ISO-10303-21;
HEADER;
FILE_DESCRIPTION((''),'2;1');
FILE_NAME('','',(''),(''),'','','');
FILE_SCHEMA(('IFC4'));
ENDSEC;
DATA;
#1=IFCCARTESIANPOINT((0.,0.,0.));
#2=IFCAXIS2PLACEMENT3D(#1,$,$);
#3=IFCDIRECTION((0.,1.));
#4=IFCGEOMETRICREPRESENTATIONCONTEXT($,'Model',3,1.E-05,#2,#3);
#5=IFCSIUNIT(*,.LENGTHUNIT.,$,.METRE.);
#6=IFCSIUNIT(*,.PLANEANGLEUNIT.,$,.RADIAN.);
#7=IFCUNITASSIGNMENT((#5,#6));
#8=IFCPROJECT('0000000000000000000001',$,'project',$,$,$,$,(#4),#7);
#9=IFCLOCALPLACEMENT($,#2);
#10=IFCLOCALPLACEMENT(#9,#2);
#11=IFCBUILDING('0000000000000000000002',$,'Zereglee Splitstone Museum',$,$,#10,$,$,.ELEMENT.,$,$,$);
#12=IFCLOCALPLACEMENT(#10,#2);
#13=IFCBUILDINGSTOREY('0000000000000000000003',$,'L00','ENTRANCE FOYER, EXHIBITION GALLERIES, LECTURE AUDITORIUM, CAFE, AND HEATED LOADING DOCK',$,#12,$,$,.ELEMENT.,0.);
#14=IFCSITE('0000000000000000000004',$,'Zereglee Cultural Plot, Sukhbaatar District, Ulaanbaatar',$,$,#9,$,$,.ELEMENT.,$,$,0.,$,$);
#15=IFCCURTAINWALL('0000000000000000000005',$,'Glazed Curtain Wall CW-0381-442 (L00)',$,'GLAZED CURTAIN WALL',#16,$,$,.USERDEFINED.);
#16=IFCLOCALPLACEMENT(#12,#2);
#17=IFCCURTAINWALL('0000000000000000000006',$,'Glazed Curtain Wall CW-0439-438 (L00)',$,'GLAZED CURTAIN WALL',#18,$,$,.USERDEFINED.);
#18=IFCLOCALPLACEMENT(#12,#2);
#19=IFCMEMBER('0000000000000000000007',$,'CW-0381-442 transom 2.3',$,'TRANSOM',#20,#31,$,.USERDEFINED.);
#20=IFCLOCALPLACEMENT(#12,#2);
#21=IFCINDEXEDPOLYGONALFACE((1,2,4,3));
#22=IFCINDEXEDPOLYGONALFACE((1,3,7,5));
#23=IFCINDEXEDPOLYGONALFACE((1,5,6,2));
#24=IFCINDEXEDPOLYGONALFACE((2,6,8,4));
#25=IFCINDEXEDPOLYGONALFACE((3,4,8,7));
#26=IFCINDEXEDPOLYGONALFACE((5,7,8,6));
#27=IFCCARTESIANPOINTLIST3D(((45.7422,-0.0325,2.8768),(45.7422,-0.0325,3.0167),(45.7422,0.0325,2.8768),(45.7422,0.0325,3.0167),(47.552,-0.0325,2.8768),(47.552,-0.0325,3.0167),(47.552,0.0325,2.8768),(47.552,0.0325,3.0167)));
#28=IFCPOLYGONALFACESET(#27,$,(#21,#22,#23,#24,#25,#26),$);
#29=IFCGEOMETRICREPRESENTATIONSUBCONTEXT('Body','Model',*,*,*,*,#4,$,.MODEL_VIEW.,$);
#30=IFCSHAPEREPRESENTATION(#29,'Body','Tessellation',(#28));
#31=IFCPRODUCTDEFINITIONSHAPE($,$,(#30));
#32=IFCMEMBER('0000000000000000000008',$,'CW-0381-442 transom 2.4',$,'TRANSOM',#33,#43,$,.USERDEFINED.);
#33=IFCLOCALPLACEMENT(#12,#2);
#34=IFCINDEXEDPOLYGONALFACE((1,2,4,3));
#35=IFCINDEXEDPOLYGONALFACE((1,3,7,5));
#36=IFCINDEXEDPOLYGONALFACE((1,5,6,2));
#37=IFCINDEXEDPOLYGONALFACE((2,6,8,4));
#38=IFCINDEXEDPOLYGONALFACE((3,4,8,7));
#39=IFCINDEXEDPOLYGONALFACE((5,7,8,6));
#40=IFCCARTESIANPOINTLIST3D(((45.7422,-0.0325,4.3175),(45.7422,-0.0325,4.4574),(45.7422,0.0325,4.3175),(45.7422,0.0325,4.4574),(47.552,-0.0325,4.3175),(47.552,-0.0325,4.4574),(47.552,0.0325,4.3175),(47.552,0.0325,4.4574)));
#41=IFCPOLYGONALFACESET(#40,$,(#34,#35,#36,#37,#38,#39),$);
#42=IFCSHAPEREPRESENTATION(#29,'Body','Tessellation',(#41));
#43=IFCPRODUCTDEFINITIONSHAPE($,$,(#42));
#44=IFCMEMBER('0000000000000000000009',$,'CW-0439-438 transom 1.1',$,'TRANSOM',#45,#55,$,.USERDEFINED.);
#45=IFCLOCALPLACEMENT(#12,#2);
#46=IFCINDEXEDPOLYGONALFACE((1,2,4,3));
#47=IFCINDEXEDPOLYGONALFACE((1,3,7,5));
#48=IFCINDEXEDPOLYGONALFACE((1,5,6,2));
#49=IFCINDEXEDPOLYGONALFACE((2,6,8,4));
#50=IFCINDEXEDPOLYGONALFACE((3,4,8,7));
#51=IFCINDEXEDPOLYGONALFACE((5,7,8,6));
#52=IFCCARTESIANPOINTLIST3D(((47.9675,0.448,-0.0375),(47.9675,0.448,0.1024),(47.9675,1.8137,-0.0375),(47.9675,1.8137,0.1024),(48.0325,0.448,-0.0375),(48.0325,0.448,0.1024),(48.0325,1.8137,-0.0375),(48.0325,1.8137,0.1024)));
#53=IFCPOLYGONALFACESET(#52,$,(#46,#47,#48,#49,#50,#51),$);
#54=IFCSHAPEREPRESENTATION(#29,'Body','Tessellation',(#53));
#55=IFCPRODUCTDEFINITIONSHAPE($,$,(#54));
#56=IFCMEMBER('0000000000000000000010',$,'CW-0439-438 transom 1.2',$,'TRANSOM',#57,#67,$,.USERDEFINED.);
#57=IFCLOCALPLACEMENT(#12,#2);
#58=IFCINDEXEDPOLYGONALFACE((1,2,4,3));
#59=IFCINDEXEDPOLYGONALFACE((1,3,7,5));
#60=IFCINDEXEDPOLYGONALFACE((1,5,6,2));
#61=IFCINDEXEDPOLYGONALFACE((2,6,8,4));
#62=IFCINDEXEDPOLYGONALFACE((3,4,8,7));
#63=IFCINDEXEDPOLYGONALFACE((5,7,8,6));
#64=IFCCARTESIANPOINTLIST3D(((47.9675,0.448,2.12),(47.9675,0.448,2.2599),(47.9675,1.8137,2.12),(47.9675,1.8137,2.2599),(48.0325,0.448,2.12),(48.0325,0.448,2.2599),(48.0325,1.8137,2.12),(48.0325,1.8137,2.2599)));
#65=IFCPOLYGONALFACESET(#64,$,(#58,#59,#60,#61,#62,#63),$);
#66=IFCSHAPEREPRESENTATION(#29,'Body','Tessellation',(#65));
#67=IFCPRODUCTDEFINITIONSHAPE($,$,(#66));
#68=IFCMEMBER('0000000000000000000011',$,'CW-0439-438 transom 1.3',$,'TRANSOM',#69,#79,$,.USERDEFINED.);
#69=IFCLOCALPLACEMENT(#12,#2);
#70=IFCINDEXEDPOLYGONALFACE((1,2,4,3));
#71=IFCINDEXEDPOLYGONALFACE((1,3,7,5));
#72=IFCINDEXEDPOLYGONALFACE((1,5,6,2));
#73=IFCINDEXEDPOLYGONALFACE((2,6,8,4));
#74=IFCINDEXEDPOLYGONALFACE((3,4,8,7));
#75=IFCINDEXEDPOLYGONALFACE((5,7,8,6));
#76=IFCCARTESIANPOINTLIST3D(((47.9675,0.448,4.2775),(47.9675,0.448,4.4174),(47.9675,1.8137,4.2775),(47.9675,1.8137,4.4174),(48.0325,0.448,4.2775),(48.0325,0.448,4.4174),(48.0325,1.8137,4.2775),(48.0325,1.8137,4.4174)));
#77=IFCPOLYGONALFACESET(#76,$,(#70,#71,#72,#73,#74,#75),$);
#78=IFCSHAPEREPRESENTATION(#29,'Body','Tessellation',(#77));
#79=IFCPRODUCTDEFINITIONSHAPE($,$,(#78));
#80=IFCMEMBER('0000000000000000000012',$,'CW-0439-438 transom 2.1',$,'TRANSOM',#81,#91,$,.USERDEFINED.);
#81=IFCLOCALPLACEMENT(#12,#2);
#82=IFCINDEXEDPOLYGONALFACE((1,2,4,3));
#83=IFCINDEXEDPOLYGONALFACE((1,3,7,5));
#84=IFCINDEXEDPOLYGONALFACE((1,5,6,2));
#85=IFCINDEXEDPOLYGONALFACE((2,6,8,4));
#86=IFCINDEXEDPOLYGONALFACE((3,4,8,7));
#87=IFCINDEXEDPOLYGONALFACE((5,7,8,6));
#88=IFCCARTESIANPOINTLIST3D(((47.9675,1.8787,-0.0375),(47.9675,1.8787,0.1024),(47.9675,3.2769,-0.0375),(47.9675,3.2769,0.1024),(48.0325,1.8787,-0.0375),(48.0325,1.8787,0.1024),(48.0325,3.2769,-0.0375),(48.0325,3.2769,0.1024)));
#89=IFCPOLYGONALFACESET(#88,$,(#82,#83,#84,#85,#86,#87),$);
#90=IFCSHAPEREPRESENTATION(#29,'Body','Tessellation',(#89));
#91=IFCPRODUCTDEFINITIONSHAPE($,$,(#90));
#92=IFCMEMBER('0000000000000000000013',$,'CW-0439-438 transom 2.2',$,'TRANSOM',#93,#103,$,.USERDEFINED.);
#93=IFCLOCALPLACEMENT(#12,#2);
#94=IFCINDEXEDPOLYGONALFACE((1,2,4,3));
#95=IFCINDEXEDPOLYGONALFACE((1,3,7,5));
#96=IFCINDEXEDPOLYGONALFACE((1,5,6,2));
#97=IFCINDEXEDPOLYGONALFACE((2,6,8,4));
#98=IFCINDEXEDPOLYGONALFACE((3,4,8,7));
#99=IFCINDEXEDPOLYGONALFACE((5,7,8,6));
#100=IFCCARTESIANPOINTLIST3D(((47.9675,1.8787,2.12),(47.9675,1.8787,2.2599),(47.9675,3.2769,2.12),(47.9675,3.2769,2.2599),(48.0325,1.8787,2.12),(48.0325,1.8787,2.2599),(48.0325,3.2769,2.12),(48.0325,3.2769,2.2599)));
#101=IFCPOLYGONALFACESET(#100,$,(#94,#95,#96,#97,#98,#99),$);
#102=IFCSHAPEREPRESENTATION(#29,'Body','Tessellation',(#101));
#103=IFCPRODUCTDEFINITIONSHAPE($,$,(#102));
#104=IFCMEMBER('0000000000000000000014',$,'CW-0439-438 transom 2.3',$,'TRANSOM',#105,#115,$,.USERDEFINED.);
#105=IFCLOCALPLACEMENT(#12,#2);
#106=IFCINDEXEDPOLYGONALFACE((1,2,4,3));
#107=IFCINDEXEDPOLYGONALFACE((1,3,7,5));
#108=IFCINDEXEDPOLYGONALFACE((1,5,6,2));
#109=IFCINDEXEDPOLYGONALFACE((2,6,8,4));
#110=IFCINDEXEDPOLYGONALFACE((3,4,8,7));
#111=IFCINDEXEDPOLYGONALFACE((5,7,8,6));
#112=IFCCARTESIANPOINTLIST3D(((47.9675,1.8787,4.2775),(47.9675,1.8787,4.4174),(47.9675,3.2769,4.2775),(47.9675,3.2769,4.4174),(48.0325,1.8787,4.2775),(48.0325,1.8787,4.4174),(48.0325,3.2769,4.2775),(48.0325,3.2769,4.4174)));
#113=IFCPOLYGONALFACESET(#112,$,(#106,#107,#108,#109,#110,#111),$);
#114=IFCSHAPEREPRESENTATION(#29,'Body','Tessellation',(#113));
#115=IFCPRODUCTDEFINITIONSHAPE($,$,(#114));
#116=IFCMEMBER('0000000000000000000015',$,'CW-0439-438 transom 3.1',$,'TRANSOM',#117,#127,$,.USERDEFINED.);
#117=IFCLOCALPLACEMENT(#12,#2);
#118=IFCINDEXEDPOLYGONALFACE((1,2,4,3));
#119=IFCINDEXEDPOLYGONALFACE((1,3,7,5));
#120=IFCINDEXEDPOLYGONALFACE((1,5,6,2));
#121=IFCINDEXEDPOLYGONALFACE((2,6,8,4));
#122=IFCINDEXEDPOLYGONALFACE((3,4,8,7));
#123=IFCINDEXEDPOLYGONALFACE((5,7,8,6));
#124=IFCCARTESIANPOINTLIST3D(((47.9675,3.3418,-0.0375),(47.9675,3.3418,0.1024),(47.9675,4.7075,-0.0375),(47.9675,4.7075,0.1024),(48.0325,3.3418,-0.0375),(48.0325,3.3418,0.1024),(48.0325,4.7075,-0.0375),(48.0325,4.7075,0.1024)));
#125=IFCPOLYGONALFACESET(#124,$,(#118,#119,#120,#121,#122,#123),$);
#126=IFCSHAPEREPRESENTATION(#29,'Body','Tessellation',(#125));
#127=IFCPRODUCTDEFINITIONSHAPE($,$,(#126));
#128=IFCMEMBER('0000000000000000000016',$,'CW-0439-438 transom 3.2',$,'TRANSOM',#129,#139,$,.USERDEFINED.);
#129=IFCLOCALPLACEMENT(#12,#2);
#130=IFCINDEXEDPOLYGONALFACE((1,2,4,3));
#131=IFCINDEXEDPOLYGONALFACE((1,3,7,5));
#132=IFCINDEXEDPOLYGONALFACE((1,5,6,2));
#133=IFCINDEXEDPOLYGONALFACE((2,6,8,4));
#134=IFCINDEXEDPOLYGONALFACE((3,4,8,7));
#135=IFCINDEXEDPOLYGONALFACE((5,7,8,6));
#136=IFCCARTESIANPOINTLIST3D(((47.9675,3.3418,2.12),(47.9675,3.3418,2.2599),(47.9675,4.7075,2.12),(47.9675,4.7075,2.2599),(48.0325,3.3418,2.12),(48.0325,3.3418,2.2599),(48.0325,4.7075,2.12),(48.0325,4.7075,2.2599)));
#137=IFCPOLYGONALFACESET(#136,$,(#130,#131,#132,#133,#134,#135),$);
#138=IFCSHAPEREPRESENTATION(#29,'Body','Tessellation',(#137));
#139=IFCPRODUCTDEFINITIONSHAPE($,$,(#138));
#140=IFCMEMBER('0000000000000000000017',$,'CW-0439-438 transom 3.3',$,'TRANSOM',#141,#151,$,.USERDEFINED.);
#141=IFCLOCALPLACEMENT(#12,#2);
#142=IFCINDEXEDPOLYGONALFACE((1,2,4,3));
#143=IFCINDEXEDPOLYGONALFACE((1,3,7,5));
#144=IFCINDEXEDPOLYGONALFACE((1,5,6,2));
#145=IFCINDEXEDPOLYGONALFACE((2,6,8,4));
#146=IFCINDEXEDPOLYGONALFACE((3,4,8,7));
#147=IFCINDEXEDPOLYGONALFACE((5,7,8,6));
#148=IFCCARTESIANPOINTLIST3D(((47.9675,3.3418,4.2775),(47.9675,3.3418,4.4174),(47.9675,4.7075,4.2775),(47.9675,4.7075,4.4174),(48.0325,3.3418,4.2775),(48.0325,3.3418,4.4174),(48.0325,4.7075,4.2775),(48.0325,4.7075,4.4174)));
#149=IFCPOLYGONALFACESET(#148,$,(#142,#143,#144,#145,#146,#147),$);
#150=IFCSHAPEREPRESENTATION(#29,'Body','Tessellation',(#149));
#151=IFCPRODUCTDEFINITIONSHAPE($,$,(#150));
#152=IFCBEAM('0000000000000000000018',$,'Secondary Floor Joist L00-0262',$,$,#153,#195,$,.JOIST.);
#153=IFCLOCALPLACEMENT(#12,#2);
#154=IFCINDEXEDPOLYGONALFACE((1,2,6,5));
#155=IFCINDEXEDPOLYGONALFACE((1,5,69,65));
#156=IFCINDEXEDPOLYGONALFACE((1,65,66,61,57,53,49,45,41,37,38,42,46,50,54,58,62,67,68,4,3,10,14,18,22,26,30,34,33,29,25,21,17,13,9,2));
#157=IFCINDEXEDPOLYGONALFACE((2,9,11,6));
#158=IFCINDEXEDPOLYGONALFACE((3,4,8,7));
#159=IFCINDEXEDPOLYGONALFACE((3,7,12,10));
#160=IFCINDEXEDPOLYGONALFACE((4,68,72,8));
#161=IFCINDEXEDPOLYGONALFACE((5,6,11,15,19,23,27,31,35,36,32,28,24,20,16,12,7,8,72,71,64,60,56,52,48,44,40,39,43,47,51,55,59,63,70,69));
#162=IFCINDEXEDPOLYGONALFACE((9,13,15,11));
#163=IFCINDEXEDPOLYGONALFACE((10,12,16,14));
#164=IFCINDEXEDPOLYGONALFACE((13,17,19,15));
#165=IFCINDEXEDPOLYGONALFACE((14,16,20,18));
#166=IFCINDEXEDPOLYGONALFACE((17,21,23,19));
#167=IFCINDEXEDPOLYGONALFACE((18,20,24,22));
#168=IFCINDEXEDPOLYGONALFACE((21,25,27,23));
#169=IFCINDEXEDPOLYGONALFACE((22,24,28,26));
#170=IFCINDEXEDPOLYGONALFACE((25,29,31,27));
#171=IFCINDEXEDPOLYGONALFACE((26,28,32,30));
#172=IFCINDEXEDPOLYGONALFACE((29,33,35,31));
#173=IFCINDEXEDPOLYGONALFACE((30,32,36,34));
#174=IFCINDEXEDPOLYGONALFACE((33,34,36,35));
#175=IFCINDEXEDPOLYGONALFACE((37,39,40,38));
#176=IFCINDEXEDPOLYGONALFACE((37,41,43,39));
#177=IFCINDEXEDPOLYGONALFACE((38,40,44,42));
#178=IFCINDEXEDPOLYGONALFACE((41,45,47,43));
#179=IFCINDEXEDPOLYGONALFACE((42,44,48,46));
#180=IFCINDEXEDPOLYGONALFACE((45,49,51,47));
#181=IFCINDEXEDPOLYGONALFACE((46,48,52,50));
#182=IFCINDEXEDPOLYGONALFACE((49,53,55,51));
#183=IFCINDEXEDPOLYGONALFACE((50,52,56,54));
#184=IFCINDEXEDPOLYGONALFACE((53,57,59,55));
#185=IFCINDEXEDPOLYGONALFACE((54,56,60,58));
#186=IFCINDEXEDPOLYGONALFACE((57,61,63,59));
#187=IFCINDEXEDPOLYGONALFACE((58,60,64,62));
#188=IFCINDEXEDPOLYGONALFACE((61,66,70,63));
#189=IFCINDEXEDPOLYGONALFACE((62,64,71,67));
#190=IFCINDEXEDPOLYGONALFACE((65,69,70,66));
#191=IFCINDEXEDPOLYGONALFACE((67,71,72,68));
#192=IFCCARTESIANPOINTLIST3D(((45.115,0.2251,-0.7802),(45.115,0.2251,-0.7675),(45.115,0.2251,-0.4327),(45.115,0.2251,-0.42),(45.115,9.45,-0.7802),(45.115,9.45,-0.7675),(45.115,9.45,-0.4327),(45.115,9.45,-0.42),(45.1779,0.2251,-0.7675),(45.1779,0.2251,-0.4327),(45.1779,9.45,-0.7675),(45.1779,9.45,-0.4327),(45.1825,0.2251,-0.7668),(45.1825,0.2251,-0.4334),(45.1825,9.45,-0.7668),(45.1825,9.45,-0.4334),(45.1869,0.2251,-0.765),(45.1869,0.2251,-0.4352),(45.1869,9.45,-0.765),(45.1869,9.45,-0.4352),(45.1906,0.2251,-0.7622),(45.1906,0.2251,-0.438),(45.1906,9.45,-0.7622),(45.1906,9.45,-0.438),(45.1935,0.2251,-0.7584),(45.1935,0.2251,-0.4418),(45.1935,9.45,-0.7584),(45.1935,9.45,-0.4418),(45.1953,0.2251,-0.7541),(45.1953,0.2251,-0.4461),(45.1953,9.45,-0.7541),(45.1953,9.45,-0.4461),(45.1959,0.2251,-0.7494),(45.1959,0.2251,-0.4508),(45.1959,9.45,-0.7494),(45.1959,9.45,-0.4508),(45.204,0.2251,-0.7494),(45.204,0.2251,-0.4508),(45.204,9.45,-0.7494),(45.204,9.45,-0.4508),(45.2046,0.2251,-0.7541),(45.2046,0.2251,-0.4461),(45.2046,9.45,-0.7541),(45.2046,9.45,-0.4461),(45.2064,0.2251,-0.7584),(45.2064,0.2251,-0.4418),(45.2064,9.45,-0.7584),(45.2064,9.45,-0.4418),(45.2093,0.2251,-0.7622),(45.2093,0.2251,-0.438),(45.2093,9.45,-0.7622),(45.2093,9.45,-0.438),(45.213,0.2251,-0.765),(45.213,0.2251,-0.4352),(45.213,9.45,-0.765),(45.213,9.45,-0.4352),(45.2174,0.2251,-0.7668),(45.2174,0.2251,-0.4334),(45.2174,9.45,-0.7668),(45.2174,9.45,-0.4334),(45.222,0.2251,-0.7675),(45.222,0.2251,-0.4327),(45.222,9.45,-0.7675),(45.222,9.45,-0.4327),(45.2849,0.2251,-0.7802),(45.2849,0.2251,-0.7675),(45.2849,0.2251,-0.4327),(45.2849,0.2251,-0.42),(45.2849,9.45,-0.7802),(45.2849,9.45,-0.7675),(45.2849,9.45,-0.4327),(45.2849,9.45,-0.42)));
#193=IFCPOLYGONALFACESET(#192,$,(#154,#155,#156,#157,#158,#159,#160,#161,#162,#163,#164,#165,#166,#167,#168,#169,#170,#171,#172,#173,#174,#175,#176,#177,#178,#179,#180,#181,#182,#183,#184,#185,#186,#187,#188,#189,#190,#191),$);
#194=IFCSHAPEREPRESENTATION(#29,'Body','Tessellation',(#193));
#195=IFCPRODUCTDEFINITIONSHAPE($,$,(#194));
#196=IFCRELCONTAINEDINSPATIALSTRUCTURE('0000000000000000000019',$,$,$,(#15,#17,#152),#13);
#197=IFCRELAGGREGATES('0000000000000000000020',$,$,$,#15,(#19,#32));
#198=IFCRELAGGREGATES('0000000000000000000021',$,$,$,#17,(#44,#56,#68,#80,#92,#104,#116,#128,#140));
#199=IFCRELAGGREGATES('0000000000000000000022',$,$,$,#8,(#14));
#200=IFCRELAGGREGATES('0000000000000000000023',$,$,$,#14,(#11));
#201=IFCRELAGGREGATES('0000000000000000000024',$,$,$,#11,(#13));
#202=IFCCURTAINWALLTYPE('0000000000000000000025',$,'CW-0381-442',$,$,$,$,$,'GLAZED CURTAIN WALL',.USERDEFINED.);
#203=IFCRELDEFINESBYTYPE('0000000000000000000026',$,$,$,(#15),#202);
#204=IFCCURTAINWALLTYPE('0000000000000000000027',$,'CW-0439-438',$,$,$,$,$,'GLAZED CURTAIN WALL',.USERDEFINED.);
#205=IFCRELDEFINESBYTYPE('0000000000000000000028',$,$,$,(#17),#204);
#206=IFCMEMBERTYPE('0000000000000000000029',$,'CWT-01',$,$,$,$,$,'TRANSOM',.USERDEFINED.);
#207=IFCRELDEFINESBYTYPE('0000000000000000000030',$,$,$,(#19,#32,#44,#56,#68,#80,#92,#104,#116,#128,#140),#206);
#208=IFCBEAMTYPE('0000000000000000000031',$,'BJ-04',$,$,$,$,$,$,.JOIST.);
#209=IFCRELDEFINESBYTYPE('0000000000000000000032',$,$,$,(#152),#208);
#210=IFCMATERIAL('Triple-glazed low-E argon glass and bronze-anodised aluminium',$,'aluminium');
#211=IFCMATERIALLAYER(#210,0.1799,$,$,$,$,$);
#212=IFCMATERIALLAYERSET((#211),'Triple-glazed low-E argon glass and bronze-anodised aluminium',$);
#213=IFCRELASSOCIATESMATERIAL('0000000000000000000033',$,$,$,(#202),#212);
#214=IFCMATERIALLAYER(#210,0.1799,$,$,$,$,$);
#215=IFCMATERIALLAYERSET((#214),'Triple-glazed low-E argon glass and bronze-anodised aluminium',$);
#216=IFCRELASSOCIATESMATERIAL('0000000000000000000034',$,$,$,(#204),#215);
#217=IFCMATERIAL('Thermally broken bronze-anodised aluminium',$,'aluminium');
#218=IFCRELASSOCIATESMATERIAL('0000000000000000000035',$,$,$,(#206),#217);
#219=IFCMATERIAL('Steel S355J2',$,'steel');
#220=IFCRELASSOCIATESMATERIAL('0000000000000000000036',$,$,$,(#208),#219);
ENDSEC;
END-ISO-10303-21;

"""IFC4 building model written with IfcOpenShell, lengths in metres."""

from ifc_helpers import new_model, si_unit, direction, frame, origin, origin_2d, place, context, subcontext, project, spatial, rectangle, i_section, extrude, material, layer, layer_set, material_profile, profile_set, type_object, element, aggregate, save


model = new_model("IFC4")

# Units and contexts
model_context = context("Model", 3, precision=1e-05, world=origin(), true_north=direction((0.0, 1.0)))
body_context = subcontext(model_context, "Body", "Model", "MODEL_VIEW")
ifc_project = project(units=[si_unit("LENGTHUNIT", "METRE"), si_unit("PLANEANGLEUNIT", "RADIAN")], contexts=[model_context])

# Site, building, storey
site_placement = place(None, origin())
site = spatial("IfcSite", under=ifc_project, at=site_placement, Name="Zereglee Cultural Plot, Sukhbaatar District, Ulaanbaatar", CompositionType="ELEMENT", RefElevation=0.0)
building_placement = place(site_placement, origin())
building = spatial("IfcBuilding", under=site, at=building_placement, Name="Zereglee Splitstone Museum", CompositionType="ELEMENT")
storey_placement = place(building_placement, origin())
storey = spatial("IfcBuildingStorey", under=building, at=storey_placement, Name="L00", Description="ENTRANCE FOYER, EXHIBITION GALLERIES, LECTURE AUDITORIUM, CAFE, AND HEATED LOADING DOCK", CompositionType="ELEMENT", Elevation=0.0)

# Shared definitions
ifc_material_1 = material(Name="Triple-glazed low-E argon glass and bronze-anodised aluminium", Category="aluminium")
ifc_material_2 = material(Name="Thermally broken bronze-anodised aluminium", Category="aluminium")

# Curtain walls
ifc_layer_1 = layer(ifc_material_1, 0.1799)
ifc_layer_set_1 = layer_set([ifc_layer_1], Name="Triple-glazed low-E argon glass and bronze-anodised aluminium")
curtain_wall_type_1 = type_object("IfcCurtainWallType", Name="CW-0381-442", ElementType="GLAZED CURTAIN WALL", PredefinedType="USERDEFINED", material=ifc_layer_set_1)
curtain_wall_1_placement = place(storey_placement, origin())
curtain_wall_1 = element("IfcCurtainWall", 1, at=curtain_wall_1_placement, inside=storey, type_object=curtain_wall_type_1, Name="Glazed Curtain Wall CW-0381-442 (L00)", ObjectType="GLAZED CURTAIN WALL", PredefinedType="USERDEFINED")
ifc_layer_2 = layer(ifc_material_1, 0.1799)
ifc_layer_set_2 = layer_set([ifc_layer_2], Name="Triple-glazed low-E argon glass and bronze-anodised aluminium")
curtain_wall_type_2 = type_object("IfcCurtainWallType", Name="CW-0439-438", ElementType="GLAZED CURTAIN WALL", PredefinedType="USERDEFINED", material=ifc_layer_set_2)
curtain_wall_2_placement = place(storey_placement, origin())
curtain_wall_2 = element("IfcCurtainWall", 2, at=curtain_wall_2_placement, inside=storey, type_object=curtain_wall_type_2, Name="Glazed Curtain Wall CW-0439-438 (L00)", ObjectType="GLAZED CURTAIN WALL", PredefinedType="USERDEFINED")

# Members
ifc_material_profile_1 = material_profile(ifc_material_2, rectangle(XDim=0.0649, YDim=0.1399, at=origin_2d()), Name="CW TRAN 65x140")
ifc_profile_set_1 = profile_set([ifc_material_profile_1], Name="Thermally broken bronze-anodised aluminium")
member_type_1 = type_object("IfcMemberType", Name="CWT-01", ElementType="TRANSOM", PredefinedType="USERDEFINED", material=ifc_profile_set_1)
member_1_placement = place(storey_placement, frame((45.7422, 0.0, 2.9468), z_axis=(1.0, 0.0, 0.0), x_axis=(0.0, 1.0, 0.0)))
member_1 = element("IfcMember", 3, at=member_1_placement, type_object=member_type_1, Name="CW-0381-442 transom 2.3", ObjectType="TRANSOM", PredefinedType="USERDEFINED", context=body_context, shape_type="SweptSolid", body=[
    extrude(rectangle(XDim=0.0649, YDim=0.1399, at=origin_2d()), origin(), (0.0, 0.0, 1.0), 1.8098),
])
member_2_placement = place(storey_placement, frame((45.7422, 0.0, 4.3875), z_axis=(1.0, 0.0, 0.0), x_axis=(0.0, 1.0, 0.0)))
member_2 = element("IfcMember", 4, at=member_2_placement, type_object=member_type_1, Name="CW-0381-442 transom 2.4", ObjectType="TRANSOM", PredefinedType="USERDEFINED", context=body_context, shape_type="SweptSolid", body=[
    extrude(rectangle(XDim=0.0649, YDim=0.1399, at=origin_2d()), origin(), (0.0, 0.0, 1.0), 1.8098),
])
member_3_placement = place(storey_placement, frame((48.0, 0.448, 0.0325), z_axis=(0.0, 1.0, 0.0), x_axis=(-1.0, 0.0, 0.0)))
member_3 = element("IfcMember", 5, at=member_3_placement, type_object=member_type_1, Name="CW-0439-438 transom 1.1", ObjectType="TRANSOM", PredefinedType="USERDEFINED", context=body_context, shape_type="SweptSolid", body=[
    extrude(rectangle(XDim=0.0649, YDim=0.1399, at=origin_2d()), origin(), (0.0, 0.0, 1.0), 1.3657),
])
member_4_placement = place(storey_placement, frame((48.0, 0.448, 2.1899), z_axis=(0.0, 1.0, 0.0), x_axis=(-1.0, 0.0, 0.0)))
member_4 = element("IfcMember", 6, at=member_4_placement, type_object=member_type_1, Name="CW-0439-438 transom 1.2", ObjectType="TRANSOM", PredefinedType="USERDEFINED", context=body_context, shape_type="SweptSolid", body=[
    extrude(rectangle(XDim=0.0649, YDim=0.1399, at=origin_2d()), origin(), (0.0, 0.0, 1.0), 1.3657),
])
member_5_placement = place(storey_placement, frame((48.0, 0.448, 4.3474), z_axis=(0.0, 1.0, 0.0), x_axis=(-1.0, 0.0, 0.0)))
member_5 = element("IfcMember", 7, at=member_5_placement, type_object=member_type_1, Name="CW-0439-438 transom 1.3", ObjectType="TRANSOM", PredefinedType="USERDEFINED", context=body_context, shape_type="SweptSolid", body=[
    extrude(rectangle(XDim=0.0649, YDim=0.1399, at=origin_2d()), origin(), (0.0, 0.0, 1.0), 1.3657),
])
member_6_placement = place(storey_placement, frame((48.0, 1.8787, 0.0325), z_axis=(0.0, 1.0, 0.0), x_axis=(-1.0, 0.0, 0.0)))
member_6 = element("IfcMember", 8, at=member_6_placement, type_object=member_type_1, Name="CW-0439-438 transom 2.1", ObjectType="TRANSOM", PredefinedType="USERDEFINED", context=body_context, shape_type="SweptSolid", body=[
    extrude(rectangle(XDim=0.0649, YDim=0.1399, at=origin_2d()), origin(), (0.0, 0.0, 1.0), 1.3982),
])
member_7_placement = place(storey_placement, frame((48.0, 1.8787, 2.1899), z_axis=(0.0, 1.0, 0.0), x_axis=(-1.0, 0.0, 0.0)))
member_7 = element("IfcMember", 9, at=member_7_placement, type_object=member_type_1, Name="CW-0439-438 transom 2.2", ObjectType="TRANSOM", PredefinedType="USERDEFINED", context=body_context, shape_type="SweptSolid", body=[
    extrude(rectangle(XDim=0.0649, YDim=0.1399, at=origin_2d()), origin(), (0.0, 0.0, 1.0), 1.3982),
])
member_8_placement = place(storey_placement, frame((48.0, 1.8787, 4.3474), z_axis=(0.0, 1.0, 0.0), x_axis=(-1.0, 0.0, 0.0)))
member_8 = element("IfcMember", 10, at=member_8_placement, type_object=member_type_1, Name="CW-0439-438 transom 2.3", ObjectType="TRANSOM", PredefinedType="USERDEFINED", context=body_context, shape_type="SweptSolid", body=[
    extrude(rectangle(XDim=0.0649, YDim=0.1399, at=origin_2d()), origin(), (0.0, 0.0, 1.0), 1.3982),
])
member_9_placement = place(storey_placement, frame((48.0, 3.3418, 0.0325), z_axis=(0.0, 1.0, 0.0), x_axis=(-1.0, 0.0, 0.0)))
member_9 = element("IfcMember", 11, at=member_9_placement, type_object=member_type_1, Name="CW-0439-438 transom 3.1", ObjectType="TRANSOM", PredefinedType="USERDEFINED", context=body_context, shape_type="SweptSolid", body=[
    extrude(rectangle(XDim=0.0649, YDim=0.1399, at=origin_2d()), origin(), (0.0, 0.0, 1.0), 1.3657),
])
member_10_placement = place(storey_placement, frame((48.0, 3.3418, 2.1899), z_axis=(0.0, 1.0, 0.0), x_axis=(-1.0, 0.0, 0.0)))
member_10 = element("IfcMember", 12, at=member_10_placement, type_object=member_type_1, Name="CW-0439-438 transom 3.2", ObjectType="TRANSOM", PredefinedType="USERDEFINED", context=body_context, shape_type="SweptSolid", body=[
    extrude(rectangle(XDim=0.0649, YDim=0.1399, at=origin_2d()), origin(), (0.0, 0.0, 1.0), 1.3657),
])
member_11_placement = place(storey_placement, frame((48.0, 3.3418, 4.3474), z_axis=(0.0, 1.0, 0.0), x_axis=(-1.0, 0.0, 0.0)))
member_11 = element("IfcMember", 13, at=member_11_placement, type_object=member_type_1, Name="CW-0439-438 transom 3.3", ObjectType="TRANSOM", PredefinedType="USERDEFINED", context=body_context, shape_type="SweptSolid", body=[
    extrude(rectangle(XDim=0.0649, YDim=0.1399, at=origin_2d()), origin(), (0.0, 0.0, 1.0), 1.3657),
])

# Beam
ifc_material_3 = material(Name="Steel S355J2", Category="steel")
ifc_material_profile_2 = material_profile(ifc_material_3, i_section(OverallWidth=0.1699, OverallDepth=0.3601, WebThickness=0.0081, FlangeThickness=0.0127, FilletRadius=0.0181, at=origin_2d()), Name="IPE 360")
ifc_profile_set_2 = profile_set([ifc_material_profile_2], Name="Steel S355J2")
beam_type_1 = type_object("IfcBeamType", Name="BJ-04", PredefinedType="JOIST", material=ifc_profile_set_2)
beam_1_placement = place(storey_placement, frame((45.2, 0.2251, -0.6001), z_axis=(0.0, 1.0, 0.0), x_axis=(-1.0, 0.0, 0.0)))
element("IfcBeam", 14, at=beam_1_placement, inside=storey, type_object=beam_type_1, Name="Secondary Floor Joist L00-0262", PredefinedType="JOIST", context=body_context, shape_type="SweptSolid", body=[
    extrude(i_section(OverallWidth=0.1699, OverallDepth=0.3601, WebThickness=0.0081, FlangeThickness=0.0127, FilletRadius=0.0181, at=origin_2d()), origin(), (0.0, 0.0, 1.0), 9.2249),
])

aggregate(curtain_wall_1, [member_1, member_2])
aggregate(curtain_wall_2, [member_3, member_4, member_5, member_6, member_7, member_8, member_9, member_10, member_11])

save(model, "model.ifc")
